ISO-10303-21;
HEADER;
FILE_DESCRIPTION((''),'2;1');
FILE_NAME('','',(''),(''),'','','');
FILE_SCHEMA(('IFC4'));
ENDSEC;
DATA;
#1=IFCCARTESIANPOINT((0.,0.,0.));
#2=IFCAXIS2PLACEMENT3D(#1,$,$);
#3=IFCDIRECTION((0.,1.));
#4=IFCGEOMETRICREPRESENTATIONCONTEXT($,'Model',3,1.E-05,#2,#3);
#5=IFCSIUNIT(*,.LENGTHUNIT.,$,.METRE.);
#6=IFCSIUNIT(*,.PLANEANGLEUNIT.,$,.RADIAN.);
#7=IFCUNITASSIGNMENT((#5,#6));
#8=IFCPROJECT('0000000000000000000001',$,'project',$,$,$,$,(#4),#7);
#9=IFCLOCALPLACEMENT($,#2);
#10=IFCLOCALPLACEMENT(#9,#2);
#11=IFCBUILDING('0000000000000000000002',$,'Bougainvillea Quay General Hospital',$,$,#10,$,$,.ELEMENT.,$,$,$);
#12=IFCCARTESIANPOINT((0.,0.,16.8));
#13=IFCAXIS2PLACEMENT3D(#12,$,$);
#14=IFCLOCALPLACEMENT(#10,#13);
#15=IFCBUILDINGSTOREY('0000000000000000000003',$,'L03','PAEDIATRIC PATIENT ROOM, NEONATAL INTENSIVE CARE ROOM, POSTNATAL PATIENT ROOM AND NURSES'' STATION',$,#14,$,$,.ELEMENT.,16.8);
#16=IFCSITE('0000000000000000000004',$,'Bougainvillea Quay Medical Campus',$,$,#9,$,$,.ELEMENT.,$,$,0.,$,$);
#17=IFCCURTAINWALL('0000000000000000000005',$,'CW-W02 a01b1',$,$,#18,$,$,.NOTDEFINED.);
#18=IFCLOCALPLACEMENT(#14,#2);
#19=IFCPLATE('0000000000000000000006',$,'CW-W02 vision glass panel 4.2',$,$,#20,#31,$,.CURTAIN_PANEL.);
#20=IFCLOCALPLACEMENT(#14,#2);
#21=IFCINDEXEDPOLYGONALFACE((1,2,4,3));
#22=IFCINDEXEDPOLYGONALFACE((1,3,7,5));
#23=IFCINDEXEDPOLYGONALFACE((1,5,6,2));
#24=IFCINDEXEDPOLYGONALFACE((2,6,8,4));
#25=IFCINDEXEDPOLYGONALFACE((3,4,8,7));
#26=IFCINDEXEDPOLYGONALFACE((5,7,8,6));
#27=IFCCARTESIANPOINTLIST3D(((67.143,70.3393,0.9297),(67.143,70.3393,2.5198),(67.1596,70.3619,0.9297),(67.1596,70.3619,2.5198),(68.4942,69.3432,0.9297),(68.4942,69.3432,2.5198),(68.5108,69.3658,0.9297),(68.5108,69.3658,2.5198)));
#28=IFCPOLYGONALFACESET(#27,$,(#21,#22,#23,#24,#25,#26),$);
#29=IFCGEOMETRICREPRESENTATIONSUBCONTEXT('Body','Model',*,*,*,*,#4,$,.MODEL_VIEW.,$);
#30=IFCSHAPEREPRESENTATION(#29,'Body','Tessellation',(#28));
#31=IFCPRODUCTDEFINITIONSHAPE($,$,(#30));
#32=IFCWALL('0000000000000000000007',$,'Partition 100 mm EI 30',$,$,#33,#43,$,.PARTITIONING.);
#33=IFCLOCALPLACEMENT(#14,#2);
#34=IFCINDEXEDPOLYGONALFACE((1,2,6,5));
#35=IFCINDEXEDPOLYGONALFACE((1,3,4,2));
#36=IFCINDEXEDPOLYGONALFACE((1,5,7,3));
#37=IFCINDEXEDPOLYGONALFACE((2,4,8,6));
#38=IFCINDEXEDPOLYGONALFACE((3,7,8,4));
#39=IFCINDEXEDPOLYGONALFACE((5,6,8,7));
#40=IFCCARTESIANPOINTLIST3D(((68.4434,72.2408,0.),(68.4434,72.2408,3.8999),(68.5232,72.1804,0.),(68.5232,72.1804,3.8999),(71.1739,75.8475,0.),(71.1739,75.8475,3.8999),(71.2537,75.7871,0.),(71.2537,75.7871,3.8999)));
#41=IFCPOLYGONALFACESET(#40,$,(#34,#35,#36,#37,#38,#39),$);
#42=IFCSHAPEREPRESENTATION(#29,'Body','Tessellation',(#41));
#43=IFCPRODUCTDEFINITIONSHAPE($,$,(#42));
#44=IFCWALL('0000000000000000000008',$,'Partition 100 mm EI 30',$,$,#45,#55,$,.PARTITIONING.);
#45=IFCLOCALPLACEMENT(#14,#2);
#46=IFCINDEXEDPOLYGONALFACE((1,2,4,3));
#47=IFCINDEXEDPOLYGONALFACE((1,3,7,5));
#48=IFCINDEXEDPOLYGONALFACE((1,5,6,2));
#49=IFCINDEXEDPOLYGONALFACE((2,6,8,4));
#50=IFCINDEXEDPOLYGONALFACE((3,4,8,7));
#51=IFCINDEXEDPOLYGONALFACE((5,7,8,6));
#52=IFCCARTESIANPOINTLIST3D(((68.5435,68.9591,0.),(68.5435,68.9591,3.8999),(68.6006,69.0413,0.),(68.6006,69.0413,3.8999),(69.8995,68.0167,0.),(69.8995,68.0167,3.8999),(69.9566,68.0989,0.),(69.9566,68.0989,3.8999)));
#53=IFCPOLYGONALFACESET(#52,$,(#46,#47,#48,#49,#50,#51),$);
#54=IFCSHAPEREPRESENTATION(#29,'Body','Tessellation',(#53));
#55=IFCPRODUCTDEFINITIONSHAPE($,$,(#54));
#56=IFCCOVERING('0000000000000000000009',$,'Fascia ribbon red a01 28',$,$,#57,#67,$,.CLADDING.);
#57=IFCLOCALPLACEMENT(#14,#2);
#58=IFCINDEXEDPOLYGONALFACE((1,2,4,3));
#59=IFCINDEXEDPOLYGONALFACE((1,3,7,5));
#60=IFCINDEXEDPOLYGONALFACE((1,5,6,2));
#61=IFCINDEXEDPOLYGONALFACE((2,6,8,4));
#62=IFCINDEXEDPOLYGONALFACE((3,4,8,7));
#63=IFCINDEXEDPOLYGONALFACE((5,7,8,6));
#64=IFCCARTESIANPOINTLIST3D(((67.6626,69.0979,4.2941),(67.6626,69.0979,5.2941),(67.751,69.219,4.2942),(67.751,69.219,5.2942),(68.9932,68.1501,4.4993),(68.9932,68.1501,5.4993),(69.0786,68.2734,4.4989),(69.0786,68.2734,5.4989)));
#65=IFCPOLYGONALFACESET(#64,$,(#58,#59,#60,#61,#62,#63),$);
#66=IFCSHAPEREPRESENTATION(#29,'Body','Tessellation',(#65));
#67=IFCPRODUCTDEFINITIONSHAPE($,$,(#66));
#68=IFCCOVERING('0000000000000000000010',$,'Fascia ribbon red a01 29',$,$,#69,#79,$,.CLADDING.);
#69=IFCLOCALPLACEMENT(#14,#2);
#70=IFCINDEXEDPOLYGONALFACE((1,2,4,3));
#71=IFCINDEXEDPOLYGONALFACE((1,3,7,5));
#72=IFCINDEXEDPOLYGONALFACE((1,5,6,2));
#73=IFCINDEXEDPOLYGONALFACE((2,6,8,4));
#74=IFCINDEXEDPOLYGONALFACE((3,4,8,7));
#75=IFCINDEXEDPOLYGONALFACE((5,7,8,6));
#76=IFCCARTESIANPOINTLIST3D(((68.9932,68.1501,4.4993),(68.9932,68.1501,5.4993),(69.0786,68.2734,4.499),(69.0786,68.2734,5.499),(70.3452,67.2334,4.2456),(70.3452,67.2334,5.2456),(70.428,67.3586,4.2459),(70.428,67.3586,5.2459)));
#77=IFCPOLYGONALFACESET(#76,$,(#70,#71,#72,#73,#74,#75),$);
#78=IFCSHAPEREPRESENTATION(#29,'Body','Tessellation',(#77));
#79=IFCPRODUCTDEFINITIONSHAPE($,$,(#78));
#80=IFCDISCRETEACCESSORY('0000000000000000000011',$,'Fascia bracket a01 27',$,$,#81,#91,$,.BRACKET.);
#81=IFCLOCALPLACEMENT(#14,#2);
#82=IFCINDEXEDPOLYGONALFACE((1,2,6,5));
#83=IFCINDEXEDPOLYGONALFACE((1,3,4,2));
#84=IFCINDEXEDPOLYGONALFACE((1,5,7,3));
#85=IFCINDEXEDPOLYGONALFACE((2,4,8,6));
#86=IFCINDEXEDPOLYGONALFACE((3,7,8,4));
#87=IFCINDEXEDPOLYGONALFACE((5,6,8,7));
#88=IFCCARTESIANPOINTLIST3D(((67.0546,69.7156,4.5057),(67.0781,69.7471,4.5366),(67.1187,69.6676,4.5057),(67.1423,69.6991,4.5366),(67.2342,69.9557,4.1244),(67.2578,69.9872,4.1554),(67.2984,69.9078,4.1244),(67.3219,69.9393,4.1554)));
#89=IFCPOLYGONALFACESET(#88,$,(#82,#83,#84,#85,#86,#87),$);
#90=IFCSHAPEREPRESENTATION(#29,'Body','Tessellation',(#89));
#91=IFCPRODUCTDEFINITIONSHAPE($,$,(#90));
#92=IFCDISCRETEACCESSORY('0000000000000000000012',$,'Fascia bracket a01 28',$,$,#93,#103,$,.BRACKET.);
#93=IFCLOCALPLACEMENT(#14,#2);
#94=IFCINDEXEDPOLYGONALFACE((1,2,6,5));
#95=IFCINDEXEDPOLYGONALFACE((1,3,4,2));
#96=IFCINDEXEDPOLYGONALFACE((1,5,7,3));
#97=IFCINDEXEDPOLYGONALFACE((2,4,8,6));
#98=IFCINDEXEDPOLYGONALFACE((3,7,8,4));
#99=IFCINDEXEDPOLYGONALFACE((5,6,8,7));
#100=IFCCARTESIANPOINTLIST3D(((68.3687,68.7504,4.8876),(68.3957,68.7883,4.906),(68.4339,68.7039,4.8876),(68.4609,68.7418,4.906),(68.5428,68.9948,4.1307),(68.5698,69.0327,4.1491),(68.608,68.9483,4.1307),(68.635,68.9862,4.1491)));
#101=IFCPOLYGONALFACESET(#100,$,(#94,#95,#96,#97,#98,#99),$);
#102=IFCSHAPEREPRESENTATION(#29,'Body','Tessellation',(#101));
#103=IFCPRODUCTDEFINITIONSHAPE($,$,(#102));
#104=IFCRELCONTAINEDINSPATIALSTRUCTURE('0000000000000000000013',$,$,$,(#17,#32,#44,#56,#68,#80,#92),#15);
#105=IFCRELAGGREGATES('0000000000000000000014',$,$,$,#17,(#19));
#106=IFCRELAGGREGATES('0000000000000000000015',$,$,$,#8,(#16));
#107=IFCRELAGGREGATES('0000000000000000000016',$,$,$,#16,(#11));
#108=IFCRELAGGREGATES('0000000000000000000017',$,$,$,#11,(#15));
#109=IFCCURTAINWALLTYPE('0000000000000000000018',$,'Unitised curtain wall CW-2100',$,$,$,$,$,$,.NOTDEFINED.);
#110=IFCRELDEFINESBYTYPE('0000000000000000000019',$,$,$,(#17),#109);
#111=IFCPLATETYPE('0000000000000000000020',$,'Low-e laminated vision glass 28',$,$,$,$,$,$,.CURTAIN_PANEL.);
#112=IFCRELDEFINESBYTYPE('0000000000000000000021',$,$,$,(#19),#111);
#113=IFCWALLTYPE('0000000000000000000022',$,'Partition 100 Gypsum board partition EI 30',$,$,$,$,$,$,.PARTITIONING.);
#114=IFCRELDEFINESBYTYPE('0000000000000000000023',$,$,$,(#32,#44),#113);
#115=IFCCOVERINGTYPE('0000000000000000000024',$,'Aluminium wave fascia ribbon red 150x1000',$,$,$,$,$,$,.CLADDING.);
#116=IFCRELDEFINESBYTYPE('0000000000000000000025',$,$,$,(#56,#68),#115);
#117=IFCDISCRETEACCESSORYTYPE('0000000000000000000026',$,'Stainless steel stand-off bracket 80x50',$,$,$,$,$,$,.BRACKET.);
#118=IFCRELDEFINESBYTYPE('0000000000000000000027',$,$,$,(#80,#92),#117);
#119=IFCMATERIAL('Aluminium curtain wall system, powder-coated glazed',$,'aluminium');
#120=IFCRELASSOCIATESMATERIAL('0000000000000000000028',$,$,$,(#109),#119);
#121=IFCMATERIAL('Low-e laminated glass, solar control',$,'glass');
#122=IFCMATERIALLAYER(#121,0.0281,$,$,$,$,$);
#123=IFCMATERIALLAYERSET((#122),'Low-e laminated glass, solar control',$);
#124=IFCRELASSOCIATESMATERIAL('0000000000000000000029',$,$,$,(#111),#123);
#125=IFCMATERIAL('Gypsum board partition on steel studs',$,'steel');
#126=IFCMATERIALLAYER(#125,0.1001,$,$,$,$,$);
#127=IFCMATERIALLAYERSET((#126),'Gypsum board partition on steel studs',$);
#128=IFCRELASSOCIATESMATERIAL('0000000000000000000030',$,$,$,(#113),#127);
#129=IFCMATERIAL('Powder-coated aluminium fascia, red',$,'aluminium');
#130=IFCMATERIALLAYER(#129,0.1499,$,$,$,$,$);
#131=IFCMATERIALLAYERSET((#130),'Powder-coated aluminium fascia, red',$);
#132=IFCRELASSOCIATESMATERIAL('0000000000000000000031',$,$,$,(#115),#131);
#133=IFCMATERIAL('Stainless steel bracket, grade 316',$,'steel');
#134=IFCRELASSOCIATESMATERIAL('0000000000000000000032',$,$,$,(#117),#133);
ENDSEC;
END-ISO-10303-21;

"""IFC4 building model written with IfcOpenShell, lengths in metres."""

from ifc_helpers import new_model, si_unit, direction, frame, frame_2d, origin, origin_2d, place, context, subcontext, project, spatial, polyline, rectangle, outline, extrude, material, layer, layer_set, material_profile, profile_set, type_object, element, aggregate, save


model = new_model("IFC4")

# Units and contexts
model_context = context("Model", 3, precision=1e-05, world=origin(), true_north=direction((0.0, 1.0)))
body_context = subcontext(model_context, "Body", "Model", "MODEL_VIEW")
ifc_project = project(units=[si_unit("LENGTHUNIT", "METRE"), si_unit("PLANEANGLEUNIT", "RADIAN")], contexts=[model_context])

# Site, building, storey
site_placement = place(None, origin())
site = spatial("IfcSite", under=ifc_project, at=site_placement, Name="Bougainvillea Quay Medical Campus", CompositionType="ELEMENT", RefElevation=0.0)
building_placement = place(site_placement, origin())
building = spatial("IfcBuilding", under=site, at=building_placement, Name="Bougainvillea Quay General Hospital", CompositionType="ELEMENT")
storey_placement = place(building_placement, frame((0.0, 0.0, 16.8)))
storey = spatial("IfcBuildingStorey", under=building, at=storey_placement, Name="L03", Description="PAEDIATRIC PATIENT ROOM, NEONATAL INTENSIVE CARE ROOM, POSTNATAL PATIENT ROOM AND NURSES' STATION", CompositionType="ELEMENT", Elevation=16.8)

# Curtain wall
ifc_material_1 = material(Name="Aluminium curtain wall system, powder-coated glazed", Category="aluminium")
curtain_wall_type = type_object("IfcCurtainWallType", Name="Unitised curtain wall CW-2100", PredefinedType="NOTDEFINED", material=ifc_material_1)
curtain_wall_1_placement = place(storey_placement, origin())
curtain_wall_1 = element("IfcCurtainWall", 1, at=curtain_wall_1_placement, inside=storey, type_object=curtain_wall_type, Name="CW-W02 a01b1", PredefinedType="NOTDEFINED")

# Plate
ifc_material_2 = material(Name="Low-e laminated glass, solar control", Category="glass")
ifc_layer_1 = layer(ifc_material_2, 0.0281)
ifc_layer_set_1 = layer_set([ifc_layer_1], Name="Low-e laminated glass, solar control")
plate_type_1 = type_object("IfcPlateType", Name="Low-e laminated vision glass 28", PredefinedType="CURTAIN_PANEL", material=ifc_layer_set_1)
plate_1_placement = place(storey_placement, frame((67.8269, 69.8525, 0.9297), z_axis=(0.0, 0.0, 1.0), x_axis=(-0.80492, 0.593384, 0.0)))
plate_1 = element("IfcPlate", 2, at=plate_1_placement, type_object=plate_type_1, Name="CW-W02 vision glass panel 4.2", PredefinedType="CURTAIN_PANEL", context=body_context, shape_type="SweptSolid", body=[
    extrude(rectangle(XDim=1.6787, YDim=0.0281, at=origin_2d()), origin(), (0.0, 0.0, 1.0), 1.5901),
])
aggregate(curtain_wall_1, [plate_1])

# Walls
ifc_material_3 = material(Name="Gypsum board partition on steel studs", Category="steel")
ifc_layer_2 = layer(ifc_material_3, 0.1001)
ifc_layer_set_2 = layer_set([ifc_layer_2], Name="Gypsum board partition on steel studs")
wall_type = type_object("IfcWallType", Name="Partition 100 Gypsum board partition EI 30", PredefinedType="PARTITIONING", material=ifc_layer_set_2)
wall_1_placement = place(storey_placement, frame((68.4834, 72.2107, 0.0), z_axis=(0.0, 0.0, 1.0), x_axis=(0.603595, 0.797291, 0.0)))
element("IfcWall", 3, at=wall_1_placement, inside=storey, type_object=wall_type, Name="Partition 100 mm EI 30", PredefinedType="PARTITIONING", context=body_context, shape_type="SweptSolid", body=[
    extrude(rectangle(XDim=4.5237, YDim=0.1001, at=frame_2d((2.2617, 0.0))), origin(), (0.0, 0.0, 1.0), 3.8999),
])
wall_2_placement = place(storey_placement, frame((68.572, 69.0002, 0.0), z_axis=(0.0, 0.0, 1.0), x_axis=(0.821158, -0.570701, 0.0)))
element("IfcWall", 4, at=wall_2_placement, inside=storey, type_object=wall_type, Name="Partition 100 mm EI 30", PredefinedType="PARTITIONING", context=body_context, shape_type="SweptSolid", body=[
    extrude(rectangle(XDim=1.6514, YDim=0.1001, at=frame_2d((0.8257, 0.0))), origin(), (0.0, 0.0, 1.0), 3.8999),
])

# Coverings
ifc_material_4 = material(Name="Powder-coated aluminium fascia, red", Category="aluminium")
ifc_layer_3 = layer(ifc_material_4, 0.1499)
ifc_layer_set_3 = layer_set([ifc_layer_3], Name="Powder-coated aluminium fascia, red")
covering_type = type_object("IfcCoveringType", Name="Aluminium wave fascia ribbon red 150x1000", PredefinedType="CLADDING", material=ifc_layer_set_3)
covering_1_placement = place(storey_placement, frame((67.751, 69.219, 4.2942), z_axis=(-0.101086, 0.072893, 0.992204), x_axis=(0.808182, -0.575596, 0.124624)))
element("IfcCovering", 5, at=covering_1_placement, inside=storey, type_object=covering_type, Name="Fascia ribbon red a01 28", PredefinedType="CLADDING", context=body_context, shape_type="SweptSolid", body=[
    extrude(outline(polyline([(0.0, 0.0), (1.6428, 0.0), (1.6447, -0.15), (-0.0017, -0.1499), (0.0, 0.0)])), origin(), (0.124624, -0.000726, 0.992204), 1.0),
])
covering_2_placement = place(storey_placement, frame((69.0786, 68.2734, 4.499), z_axis=(0.127082, -0.086011, 0.988156), x_axis=(0.817913, -0.5545, -0.153452)))
element("IfcCovering", 6, at=covering_2_placement, inside=storey, type_object=covering_type, Name="Fascia ribbon red a01 29", PredefinedType="CLADDING", context=body_context, shape_type="SweptSolid", body=[
    extrude(outline(polyline([(0.0, 0.0), (1.6498, 0.0), (1.6516, -0.1501), (-0.0016, -0.15), (0.0, 0.0)])), origin(), (-0.153452, -0.000117, 0.988156), 1.0),
])

# Discrete accessories
ifc_material_5 = material(Name="Stainless steel bracket, grade 316", Category="steel")
ifc_material_profile_1 = material_profile(ifc_material_5, rectangle(XDim=0.0801, YDim=0.05, at=origin_2d()))
ifc_profile_set_1 = profile_set([ifc_material_profile_1], Name="Stainless steel bracket, grade 316")
discrete_accessory_type = type_object("IfcDiscreteAccessoryType", Name="Stainless steel stand-off bracket 80x50", PredefinedType="BRACKET", material=ifc_profile_set_1)
discrete_accessory_1_placement = place(storey_placement, frame((67.2781, 69.9475, 4.1399), z_axis=(-0.370331, -0.495117, 0.785948), x_axis=(0.800781, -0.598958, 0.0)))
element("IfcDiscreteAccessory", 7, at=discrete_accessory_1_placement, inside=storey, type_object=discrete_accessory_type, Name="Fascia bracket a01 27", PredefinedType="BRACKET", context=body_context, shape_type="SweptSolid", body=[
    extrude(rectangle(XDim=0.0801, YDim=0.05, at=origin_2d()), origin(), (0.0, 0.0, 1.0), 0.4851),
])
discrete_accessory_2_placement = place(storey_placement, frame((68.5889, 68.9905, 4.1399), z_axis=(-0.213811, -0.300175, 0.929613), x_axis=(0.814502, -0.58016, 0.0)))
element("IfcDiscreteAccessory", 8, at=discrete_accessory_2_placement, inside=storey, type_object=discrete_accessory_type, Name="Fascia bracket a01 28", PredefinedType="BRACKET", context=body_context, shape_type="SweptSolid", body=[
    extrude(rectangle(XDim=0.0801, YDim=0.05, at=origin_2d()), origin(), (0.0, 0.0, 1.0), 0.8142),
])

save(model, "model.ifc")
